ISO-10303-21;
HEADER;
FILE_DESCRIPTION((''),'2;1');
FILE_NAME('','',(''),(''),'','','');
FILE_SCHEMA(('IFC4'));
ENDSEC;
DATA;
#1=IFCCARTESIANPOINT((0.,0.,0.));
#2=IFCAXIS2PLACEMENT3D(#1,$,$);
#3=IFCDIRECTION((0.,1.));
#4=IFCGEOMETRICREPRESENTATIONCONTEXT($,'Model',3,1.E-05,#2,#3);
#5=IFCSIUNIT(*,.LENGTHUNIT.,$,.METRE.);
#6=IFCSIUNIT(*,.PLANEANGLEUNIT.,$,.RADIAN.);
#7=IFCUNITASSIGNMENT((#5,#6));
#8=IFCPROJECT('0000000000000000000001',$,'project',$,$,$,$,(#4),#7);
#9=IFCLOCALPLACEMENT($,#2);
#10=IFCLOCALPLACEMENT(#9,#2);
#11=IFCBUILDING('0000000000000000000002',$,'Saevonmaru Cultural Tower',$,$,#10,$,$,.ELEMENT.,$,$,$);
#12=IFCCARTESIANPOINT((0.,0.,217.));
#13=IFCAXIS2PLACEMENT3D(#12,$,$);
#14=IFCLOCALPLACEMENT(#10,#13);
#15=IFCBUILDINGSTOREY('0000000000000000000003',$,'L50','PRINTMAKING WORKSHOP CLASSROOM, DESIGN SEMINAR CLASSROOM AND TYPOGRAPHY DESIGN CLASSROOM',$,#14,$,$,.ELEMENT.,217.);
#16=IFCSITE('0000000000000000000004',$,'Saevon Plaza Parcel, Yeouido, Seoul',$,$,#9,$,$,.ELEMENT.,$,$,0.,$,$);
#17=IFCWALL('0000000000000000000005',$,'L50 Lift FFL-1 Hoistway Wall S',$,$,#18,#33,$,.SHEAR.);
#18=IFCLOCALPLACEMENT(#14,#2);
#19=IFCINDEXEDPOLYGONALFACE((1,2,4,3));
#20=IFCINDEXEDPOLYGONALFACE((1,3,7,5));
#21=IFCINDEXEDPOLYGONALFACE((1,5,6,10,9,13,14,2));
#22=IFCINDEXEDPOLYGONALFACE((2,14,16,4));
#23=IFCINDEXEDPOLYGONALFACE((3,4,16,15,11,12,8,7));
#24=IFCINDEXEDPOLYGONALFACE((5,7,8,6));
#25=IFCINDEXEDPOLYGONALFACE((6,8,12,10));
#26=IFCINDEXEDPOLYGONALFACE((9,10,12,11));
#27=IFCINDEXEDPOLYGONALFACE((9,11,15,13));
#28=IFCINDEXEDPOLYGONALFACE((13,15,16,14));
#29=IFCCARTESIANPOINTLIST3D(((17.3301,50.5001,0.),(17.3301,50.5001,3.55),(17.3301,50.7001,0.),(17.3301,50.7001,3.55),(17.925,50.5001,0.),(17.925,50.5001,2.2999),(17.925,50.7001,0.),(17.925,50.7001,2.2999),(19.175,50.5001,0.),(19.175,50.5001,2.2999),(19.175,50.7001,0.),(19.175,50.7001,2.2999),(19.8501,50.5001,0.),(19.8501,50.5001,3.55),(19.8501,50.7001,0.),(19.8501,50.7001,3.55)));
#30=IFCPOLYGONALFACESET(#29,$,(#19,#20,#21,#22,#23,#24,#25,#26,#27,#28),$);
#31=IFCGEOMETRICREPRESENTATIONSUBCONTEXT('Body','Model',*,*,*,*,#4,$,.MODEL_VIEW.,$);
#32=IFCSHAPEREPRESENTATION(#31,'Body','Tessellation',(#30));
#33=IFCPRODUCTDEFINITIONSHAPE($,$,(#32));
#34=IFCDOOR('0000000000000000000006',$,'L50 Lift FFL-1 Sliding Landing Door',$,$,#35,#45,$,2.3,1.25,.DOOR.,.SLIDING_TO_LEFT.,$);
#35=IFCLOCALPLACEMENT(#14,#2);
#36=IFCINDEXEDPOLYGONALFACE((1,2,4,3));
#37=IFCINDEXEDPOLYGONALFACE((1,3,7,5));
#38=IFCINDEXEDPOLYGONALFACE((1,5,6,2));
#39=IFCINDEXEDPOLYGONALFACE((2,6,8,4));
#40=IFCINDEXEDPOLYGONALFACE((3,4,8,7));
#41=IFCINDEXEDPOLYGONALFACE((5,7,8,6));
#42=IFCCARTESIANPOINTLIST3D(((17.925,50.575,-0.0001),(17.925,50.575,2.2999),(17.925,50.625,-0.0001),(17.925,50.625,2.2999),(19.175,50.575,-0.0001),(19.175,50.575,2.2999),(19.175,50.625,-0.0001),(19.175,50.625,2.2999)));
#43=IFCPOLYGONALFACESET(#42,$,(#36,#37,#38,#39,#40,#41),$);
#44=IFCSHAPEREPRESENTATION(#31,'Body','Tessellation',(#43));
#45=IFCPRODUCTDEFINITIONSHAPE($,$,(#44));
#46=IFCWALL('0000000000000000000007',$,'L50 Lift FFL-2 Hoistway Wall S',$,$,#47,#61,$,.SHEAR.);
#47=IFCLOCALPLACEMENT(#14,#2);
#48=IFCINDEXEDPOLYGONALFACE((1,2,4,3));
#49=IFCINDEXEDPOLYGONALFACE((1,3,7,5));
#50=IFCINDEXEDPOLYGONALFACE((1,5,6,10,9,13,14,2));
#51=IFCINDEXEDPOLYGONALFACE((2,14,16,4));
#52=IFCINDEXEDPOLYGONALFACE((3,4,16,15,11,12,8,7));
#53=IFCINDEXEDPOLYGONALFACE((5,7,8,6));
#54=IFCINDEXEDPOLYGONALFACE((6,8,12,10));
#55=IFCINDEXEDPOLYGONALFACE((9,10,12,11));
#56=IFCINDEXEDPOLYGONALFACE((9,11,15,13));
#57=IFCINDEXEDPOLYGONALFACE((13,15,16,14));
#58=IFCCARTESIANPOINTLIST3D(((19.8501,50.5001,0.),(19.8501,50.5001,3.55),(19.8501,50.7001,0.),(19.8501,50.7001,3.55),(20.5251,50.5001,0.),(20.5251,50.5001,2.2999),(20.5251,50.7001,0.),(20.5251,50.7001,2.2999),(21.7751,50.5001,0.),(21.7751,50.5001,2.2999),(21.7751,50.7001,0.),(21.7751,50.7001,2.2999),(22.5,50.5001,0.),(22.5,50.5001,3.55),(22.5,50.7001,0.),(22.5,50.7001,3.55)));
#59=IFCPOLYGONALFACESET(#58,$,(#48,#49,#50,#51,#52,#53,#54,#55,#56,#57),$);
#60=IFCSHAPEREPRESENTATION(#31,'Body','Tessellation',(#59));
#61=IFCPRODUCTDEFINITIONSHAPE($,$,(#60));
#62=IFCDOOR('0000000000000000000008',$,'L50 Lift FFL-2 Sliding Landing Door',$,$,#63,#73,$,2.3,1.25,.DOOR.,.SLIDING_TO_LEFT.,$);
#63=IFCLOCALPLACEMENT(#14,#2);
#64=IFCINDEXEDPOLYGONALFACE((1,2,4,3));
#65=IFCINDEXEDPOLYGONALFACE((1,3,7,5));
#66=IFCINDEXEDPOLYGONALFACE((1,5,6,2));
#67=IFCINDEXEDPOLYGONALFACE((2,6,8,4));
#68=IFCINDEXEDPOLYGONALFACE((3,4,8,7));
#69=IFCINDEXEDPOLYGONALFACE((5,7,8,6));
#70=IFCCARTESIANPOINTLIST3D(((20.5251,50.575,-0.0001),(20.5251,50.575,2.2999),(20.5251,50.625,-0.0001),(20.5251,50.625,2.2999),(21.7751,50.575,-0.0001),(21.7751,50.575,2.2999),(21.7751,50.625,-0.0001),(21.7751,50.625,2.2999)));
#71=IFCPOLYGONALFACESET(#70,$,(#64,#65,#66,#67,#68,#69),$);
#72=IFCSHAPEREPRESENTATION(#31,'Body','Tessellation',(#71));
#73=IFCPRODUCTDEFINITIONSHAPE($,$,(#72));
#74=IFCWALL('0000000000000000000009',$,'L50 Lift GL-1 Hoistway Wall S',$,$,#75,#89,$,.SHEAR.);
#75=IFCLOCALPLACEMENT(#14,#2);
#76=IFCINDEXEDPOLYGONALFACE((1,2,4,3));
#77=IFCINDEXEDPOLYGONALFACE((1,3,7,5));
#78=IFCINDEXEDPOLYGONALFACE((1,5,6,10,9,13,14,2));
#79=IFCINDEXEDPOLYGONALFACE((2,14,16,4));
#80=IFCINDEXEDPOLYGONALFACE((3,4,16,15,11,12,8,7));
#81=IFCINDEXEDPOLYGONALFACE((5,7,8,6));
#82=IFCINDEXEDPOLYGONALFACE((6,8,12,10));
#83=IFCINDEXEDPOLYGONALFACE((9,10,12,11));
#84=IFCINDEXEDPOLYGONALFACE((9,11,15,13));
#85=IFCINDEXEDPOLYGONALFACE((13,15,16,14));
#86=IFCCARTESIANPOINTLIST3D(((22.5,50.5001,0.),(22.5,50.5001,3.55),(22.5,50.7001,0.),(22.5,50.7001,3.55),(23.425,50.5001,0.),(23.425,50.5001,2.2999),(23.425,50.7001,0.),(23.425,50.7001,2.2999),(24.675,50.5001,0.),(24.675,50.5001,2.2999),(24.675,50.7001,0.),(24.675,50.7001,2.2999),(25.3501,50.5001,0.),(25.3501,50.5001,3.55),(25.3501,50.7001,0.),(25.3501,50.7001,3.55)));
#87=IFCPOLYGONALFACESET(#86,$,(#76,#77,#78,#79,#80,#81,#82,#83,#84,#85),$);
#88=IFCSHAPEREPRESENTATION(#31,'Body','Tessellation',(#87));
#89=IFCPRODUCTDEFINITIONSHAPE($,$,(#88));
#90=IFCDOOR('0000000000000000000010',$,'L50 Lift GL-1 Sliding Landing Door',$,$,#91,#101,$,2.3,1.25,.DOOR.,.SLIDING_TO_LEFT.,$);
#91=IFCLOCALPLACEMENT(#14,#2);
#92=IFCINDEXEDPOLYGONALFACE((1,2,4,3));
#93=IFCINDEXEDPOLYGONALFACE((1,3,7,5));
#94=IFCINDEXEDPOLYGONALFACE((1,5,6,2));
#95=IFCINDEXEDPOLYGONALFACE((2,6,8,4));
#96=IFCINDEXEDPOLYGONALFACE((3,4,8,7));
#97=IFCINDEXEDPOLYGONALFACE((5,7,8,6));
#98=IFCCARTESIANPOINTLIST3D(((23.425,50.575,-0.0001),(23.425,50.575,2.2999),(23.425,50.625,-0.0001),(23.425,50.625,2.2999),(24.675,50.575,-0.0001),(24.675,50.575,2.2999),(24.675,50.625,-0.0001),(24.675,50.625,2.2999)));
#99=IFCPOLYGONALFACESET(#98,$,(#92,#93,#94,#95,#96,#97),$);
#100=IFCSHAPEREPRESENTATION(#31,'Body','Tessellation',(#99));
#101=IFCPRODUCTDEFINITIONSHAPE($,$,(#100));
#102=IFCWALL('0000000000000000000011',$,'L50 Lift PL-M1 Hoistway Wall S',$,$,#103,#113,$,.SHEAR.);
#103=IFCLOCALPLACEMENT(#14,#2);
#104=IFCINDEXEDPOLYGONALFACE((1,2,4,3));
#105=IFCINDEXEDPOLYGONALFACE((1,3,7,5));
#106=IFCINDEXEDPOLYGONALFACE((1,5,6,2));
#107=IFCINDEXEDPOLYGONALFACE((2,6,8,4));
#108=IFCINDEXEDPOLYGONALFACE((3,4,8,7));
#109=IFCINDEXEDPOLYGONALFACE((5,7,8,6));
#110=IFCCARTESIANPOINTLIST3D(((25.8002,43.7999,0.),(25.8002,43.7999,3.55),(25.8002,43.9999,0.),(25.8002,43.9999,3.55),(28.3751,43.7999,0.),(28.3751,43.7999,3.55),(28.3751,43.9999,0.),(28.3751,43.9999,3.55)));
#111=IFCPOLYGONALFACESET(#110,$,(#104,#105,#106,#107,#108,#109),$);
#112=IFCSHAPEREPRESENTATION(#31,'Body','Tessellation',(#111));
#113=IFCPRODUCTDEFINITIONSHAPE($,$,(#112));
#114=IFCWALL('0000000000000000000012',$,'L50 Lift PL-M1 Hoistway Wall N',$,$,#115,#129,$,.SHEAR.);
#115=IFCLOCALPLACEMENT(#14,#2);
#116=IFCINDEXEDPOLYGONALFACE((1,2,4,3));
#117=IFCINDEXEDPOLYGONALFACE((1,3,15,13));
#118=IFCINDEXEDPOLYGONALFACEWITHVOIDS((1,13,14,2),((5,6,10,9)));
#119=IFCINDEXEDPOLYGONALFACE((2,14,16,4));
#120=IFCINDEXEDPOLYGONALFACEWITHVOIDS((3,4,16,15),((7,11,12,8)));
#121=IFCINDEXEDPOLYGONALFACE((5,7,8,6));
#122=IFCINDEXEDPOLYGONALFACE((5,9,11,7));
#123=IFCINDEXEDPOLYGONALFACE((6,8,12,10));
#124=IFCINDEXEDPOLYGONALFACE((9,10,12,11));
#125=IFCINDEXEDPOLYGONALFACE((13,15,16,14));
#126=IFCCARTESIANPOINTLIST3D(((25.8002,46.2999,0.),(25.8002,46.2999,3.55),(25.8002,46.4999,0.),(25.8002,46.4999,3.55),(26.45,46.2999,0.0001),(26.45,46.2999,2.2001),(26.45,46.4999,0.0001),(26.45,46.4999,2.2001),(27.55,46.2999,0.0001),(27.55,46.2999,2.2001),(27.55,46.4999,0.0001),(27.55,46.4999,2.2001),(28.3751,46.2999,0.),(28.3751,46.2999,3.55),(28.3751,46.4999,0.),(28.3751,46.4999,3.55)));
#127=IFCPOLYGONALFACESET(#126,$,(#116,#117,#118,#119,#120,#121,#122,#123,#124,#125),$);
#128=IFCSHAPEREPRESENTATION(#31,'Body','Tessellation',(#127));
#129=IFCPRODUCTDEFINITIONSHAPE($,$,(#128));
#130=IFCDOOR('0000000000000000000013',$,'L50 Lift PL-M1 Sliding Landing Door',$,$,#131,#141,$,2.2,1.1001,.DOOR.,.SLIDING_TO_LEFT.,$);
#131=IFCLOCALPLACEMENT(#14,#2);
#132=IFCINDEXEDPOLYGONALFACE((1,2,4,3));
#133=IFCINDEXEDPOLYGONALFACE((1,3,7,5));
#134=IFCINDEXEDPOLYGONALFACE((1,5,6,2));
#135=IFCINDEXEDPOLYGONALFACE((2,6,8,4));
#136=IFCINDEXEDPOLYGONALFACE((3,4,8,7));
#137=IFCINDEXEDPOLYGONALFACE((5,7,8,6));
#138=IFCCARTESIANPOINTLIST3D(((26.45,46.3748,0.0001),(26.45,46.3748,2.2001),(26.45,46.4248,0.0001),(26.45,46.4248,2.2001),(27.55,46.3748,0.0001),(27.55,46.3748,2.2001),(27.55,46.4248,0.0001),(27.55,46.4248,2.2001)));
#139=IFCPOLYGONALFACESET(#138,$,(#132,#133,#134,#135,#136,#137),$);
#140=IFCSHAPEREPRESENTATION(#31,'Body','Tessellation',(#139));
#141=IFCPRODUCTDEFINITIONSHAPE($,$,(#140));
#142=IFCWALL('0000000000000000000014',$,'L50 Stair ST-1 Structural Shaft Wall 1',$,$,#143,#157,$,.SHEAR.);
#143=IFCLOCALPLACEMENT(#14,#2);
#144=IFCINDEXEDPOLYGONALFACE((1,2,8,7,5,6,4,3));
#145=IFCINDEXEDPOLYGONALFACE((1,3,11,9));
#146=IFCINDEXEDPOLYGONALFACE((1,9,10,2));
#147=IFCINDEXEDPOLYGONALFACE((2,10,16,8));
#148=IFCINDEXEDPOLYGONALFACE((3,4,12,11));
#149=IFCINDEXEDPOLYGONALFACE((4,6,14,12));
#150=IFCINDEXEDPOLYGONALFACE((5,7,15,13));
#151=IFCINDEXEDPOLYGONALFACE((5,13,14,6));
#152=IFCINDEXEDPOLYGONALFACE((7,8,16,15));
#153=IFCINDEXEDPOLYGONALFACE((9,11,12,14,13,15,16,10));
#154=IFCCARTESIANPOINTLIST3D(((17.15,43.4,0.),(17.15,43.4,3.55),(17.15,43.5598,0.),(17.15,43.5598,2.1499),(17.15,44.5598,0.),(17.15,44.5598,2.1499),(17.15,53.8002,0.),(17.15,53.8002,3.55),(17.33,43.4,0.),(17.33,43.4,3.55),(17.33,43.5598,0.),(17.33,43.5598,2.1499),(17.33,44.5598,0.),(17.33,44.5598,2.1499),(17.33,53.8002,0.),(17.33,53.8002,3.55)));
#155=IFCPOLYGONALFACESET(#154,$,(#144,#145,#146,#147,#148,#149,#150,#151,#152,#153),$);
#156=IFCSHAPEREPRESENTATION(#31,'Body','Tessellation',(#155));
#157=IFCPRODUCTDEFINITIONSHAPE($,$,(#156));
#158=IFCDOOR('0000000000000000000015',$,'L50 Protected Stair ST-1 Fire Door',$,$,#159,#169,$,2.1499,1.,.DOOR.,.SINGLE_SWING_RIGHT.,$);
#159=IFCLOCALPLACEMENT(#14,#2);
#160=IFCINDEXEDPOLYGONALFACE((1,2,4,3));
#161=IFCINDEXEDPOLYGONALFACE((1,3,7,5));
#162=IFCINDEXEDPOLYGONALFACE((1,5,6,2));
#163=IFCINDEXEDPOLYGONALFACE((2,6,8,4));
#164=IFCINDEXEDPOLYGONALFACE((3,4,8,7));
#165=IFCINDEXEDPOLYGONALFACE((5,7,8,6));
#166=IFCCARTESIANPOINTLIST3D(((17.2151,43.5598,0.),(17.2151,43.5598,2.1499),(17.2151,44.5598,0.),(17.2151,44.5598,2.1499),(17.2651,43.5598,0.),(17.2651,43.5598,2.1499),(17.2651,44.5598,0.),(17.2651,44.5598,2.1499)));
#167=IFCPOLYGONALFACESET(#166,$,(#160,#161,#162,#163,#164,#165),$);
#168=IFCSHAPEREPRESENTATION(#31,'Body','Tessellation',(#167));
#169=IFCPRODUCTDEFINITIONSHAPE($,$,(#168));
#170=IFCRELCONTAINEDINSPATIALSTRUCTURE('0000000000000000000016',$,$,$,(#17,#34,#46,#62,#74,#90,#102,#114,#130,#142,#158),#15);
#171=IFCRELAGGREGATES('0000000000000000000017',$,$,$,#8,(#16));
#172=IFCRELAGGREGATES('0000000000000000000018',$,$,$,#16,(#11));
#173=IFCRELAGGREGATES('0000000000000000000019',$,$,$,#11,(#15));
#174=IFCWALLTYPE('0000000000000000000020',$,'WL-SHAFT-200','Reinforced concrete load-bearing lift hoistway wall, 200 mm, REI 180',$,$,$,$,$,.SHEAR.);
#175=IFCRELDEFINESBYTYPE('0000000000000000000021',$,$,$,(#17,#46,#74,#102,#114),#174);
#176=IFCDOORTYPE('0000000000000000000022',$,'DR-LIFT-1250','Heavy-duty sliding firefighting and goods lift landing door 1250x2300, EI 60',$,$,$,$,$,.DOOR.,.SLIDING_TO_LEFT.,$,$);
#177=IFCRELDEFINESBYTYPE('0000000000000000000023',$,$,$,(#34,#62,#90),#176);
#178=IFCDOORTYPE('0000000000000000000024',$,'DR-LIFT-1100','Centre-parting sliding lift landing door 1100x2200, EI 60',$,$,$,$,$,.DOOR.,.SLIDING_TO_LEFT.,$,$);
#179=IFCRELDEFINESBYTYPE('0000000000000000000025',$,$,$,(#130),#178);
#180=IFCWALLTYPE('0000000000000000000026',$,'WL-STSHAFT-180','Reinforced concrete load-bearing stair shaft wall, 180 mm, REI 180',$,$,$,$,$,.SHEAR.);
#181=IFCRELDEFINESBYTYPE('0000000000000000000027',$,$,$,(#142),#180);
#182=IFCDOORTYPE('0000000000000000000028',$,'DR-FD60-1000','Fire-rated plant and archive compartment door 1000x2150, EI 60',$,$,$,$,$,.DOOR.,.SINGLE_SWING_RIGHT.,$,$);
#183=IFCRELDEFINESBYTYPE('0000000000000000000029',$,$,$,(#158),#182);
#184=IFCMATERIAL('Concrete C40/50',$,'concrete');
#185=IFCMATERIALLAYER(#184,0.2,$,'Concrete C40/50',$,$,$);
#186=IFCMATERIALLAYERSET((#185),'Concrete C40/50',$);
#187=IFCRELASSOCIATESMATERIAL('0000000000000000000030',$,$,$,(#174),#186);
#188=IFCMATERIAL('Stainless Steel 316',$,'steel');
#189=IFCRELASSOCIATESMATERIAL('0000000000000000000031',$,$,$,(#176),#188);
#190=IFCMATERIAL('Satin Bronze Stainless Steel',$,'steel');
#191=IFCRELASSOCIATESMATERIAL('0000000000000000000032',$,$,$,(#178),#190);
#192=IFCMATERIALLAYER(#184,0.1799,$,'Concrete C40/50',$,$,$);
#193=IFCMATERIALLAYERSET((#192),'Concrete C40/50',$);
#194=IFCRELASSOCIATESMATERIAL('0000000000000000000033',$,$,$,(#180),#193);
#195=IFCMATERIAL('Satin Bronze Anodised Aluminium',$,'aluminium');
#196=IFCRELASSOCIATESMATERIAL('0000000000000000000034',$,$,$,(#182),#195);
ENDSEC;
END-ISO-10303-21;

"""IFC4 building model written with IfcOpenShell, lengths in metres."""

from ifc_helpers import new_model, si_unit, direction, frame, frame_2d, origin, place, context, subcontext, project, spatial, rectangle, extrude, material, layer, layer_set, type_object, element, fill, save


model = new_model("IFC4")

# Units and contexts
model_context = context("Model", 3, precision=1e-05, world=origin(), true_north=direction((0.0, 1.0)))
body_context = subcontext(model_context, "Body", "Model", "MODEL_VIEW")
ifc_project = project(units=[si_unit("LENGTHUNIT", "METRE"), si_unit("PLANEANGLEUNIT", "RADIAN")], contexts=[model_context])

# Site, building, storey
site_placement = place(None, origin())
site = spatial("IfcSite", under=ifc_project, at=site_placement, Name="Saevon Plaza Parcel, Yeouido, Seoul", CompositionType="ELEMENT", RefElevation=0.0)
building_placement = place(site_placement, origin())
building = spatial("IfcBuilding", under=site, at=building_placement, Name="Saevonmaru Cultural Tower", CompositionType="ELEMENT")
storey_placement = place(building_placement, frame((0.0, 0.0, 217.0)))
storey = spatial("IfcBuildingStorey", under=building, at=storey_placement, Name="L50", Description="PRINTMAKING WORKSHOP CLASSROOM, DESIGN SEMINAR CLASSROOM AND TYPOGRAPHY DESIGN CLASSROOM", CompositionType="ELEMENT", Elevation=217.0)

# Shared definitions
ifc_material_1 = material(Name="Satin Bronze Anodised Aluminium", Category="aluminium")

# Walls, openings, doors
ifc_material_2 = material(Name="Concrete C40/50", Category="concrete")
ifc_layer_1 = layer(ifc_material_2, 0.2, Name="Concrete C40/50")
ifc_layer_set_1 = layer_set([ifc_layer_1], Name="Concrete C40/50")
wall_type_1 = type_object("IfcWallType", Name="WL-SHAFT-200", Description="Reinforced concrete load-bearing lift hoistway wall, 200 mm, REI 180", PredefinedType="SHEAR", material=ifc_layer_set_1)
wall_1_placement = place(storey_placement, frame((17.3301, 50.6001, 0.0), z_axis=(0.0, 0.0, 1.0), x_axis=(1.0, 0.0, 0.0)))
wall_1 = element("IfcWall", 1, at=wall_1_placement, inside=storey, type_object=wall_type_1, Name="L50 Lift FFL-1 Hoistway Wall S", PredefinedType="SHEAR", context=body_context, shape_type="SweptSolid", body=[
    extrude(rectangle(XDim=2.52, YDim=0.2, at=frame_2d((1.26, 0.0))), origin(), (0.0, 0.0, 1.0), 3.55),
])
opening_1_placement = place(wall_1_placement, frame((0.595, 0.0, 0.0)))
opening_1 = element("IfcOpeningElement", 2, at=opening_1_placement, cuts=wall_1, PredefinedType="OPENING", context=body_context, shape_type="SweptSolid", body=[
    extrude(rectangle(XDim=1.25, YDim=2.3, at=frame_2d((0.625, 1.1499))), frame((0.0, 0.1099, 0.0), z_axis=(0.0, -1.0, 0.0), x_axis=(1.0, 0.0, 0.0)), (0.0, 0.0, 1.0), 0.22),
])
ifc_material_3 = material(Name="Stainless Steel 316", Category="steel")
door_type_1 = type_object("IfcDoorType", Name="DR-LIFT-1250", Description="Heavy-duty sliding firefighting and goods lift landing door 1250x2300, EI 60", OperationType="SLIDING_TO_LEFT", PredefinedType="DOOR", material=ifc_material_3)
door_1_placement = place(opening_1_placement, origin())
door_1 = element("IfcDoor", 3, at=door_1_placement, inside=storey, type_object=door_type_1, Name="L50 Lift FFL-1 Sliding Landing Door", OperationType="SLIDING_TO_LEFT", OverallHeight=2.3, OverallWidth=1.25, PredefinedType="DOOR", context=body_context, shape_type="SweptSolid", body=[
    extrude(rectangle(XDim=1.25, YDim=2.3, at=frame_2d((0.625, 1.1499))), frame((0.0, 0.0249, 0.0), z_axis=(0.0, -1.0, 0.0), x_axis=(1.0, 0.0, 0.0)), (0.0, 0.0, 1.0), 0.05),
])
fill(opening_1, door_1)
wall_2_placement = place(storey_placement, frame((19.8501, 50.6001, 0.0), z_axis=(0.0, 0.0, 1.0), x_axis=(1.0, 0.0, 0.0)))
wall_2 = element("IfcWall", 4, at=wall_2_placement, inside=storey, type_object=wall_type_1, Name="L50 Lift FFL-2 Hoistway Wall S", PredefinedType="SHEAR", context=body_context, shape_type="SweptSolid", body=[
    extrude(rectangle(XDim=2.6499, YDim=0.2, at=frame_2d((1.325, 0.0))), origin(), (0.0, 0.0, 1.0), 3.55),
])
opening_2_placement = place(wall_2_placement, frame((0.675, 0.0, 0.0)))
opening_2 = element("IfcOpeningElement", 5, at=opening_2_placement, cuts=wall_2, PredefinedType="OPENING", context=body_context, shape_type="SweptSolid", body=[
    extrude(rectangle(XDim=1.25, YDim=2.3, at=frame_2d((0.625, 1.1499))), frame((0.0, 0.1099, 0.0), z_axis=(0.0, -1.0, 0.0), x_axis=(1.0, 0.0, 0.0)), (0.0, 0.0, 1.0), 0.22),
])
door_2_placement = place(opening_2_placement, origin())
door_2 = element("IfcDoor", 6, at=door_2_placement, inside=storey, type_object=door_type_1, Name="L50 Lift FFL-2 Sliding Landing Door", OperationType="SLIDING_TO_LEFT", OverallHeight=2.3, OverallWidth=1.25, PredefinedType="DOOR", context=body_context, shape_type="SweptSolid", body=[
    extrude(rectangle(XDim=1.25, YDim=2.3, at=frame_2d((0.625, 1.1499))), frame((0.0, 0.0249, 0.0), z_axis=(0.0, -1.0, 0.0), x_axis=(1.0, 0.0, 0.0)), (0.0, 0.0, 1.0), 0.05),
])
fill(opening_2, door_2)
wall_3_placement = place(storey_placement, frame((22.5, 50.6001, 0.0), z_axis=(0.0, 0.0, 1.0), x_axis=(1.0, 0.0, 0.0)))
wall_3 = element("IfcWall", 7, at=wall_3_placement, inside=storey, type_object=wall_type_1, Name="L50 Lift GL-1 Hoistway Wall S", PredefinedType="SHEAR", context=body_context, shape_type="SweptSolid", body=[
    extrude(rectangle(XDim=2.8501, YDim=0.2, at=frame_2d((1.425, 0.0))), origin(), (0.0, 0.0, 1.0), 3.55),
])
opening_3_placement = place(wall_3_placement, frame((0.925, 0.0, 0.0)))
opening_3 = element("IfcOpeningElement", 8, at=opening_3_placement, cuts=wall_3, PredefinedType="OPENING", context=body_context, shape_type="SweptSolid", body=[
    extrude(rectangle(XDim=1.25, YDim=2.3, at=frame_2d((0.625, 1.1499))), frame((0.0, 0.1099, 0.0), z_axis=(0.0, -1.0, 0.0), x_axis=(1.0, 0.0, 0.0)), (0.0, 0.0, 1.0), 0.22),
])
door_3_placement = place(opening_3_placement, origin())
door_3 = element("IfcDoor", 9, at=door_3_placement, inside=storey, type_object=door_type_1, Name="L50 Lift GL-1 Sliding Landing Door", OperationType="SLIDING_TO_LEFT", OverallHeight=2.3, OverallWidth=1.25, PredefinedType="DOOR", context=body_context, shape_type="SweptSolid", body=[
    extrude(rectangle(XDim=1.25, YDim=2.3, at=frame_2d((0.625, 1.1499))), frame((0.0, 0.0249, 0.0), z_axis=(0.0, -1.0, 0.0), x_axis=(1.0, 0.0, 0.0)), (0.0, 0.0, 1.0), 0.05),
])
fill(opening_3, door_3)

# Wall
wall_4_placement = place(storey_placement, frame((25.8, 43.8999, 0.0), z_axis=(0.0, 0.0, 1.0), x_axis=(1.0, 0.0, 0.0)))
element("IfcWall", 10, at=wall_4_placement, inside=storey, type_object=wall_type_1, Name="L50 Lift PL-M1 Hoistway Wall S", PredefinedType="SHEAR", context=body_context, shape_type="SweptSolid", body=[
    extrude(rectangle(XDim=2.575, YDim=0.2, at=frame_2d((1.2876, 0.0))), origin(), (0.0, 0.0, 1.0), 3.55),
])

# Walls, openings, doors
wall_5_placement = place(storey_placement, frame((25.8, 46.3999, 0.0), z_axis=(0.0, 0.0, 1.0), x_axis=(1.0, 0.0, 0.0)))
wall_5 = element("IfcWall", 11, at=wall_5_placement, inside=storey, type_object=wall_type_1, Name="L50 Lift PL-M1 Hoistway Wall N", PredefinedType="SHEAR", context=body_context, shape_type="SweptSolid", body=[
    extrude(rectangle(XDim=2.575, YDim=0.2, at=frame_2d((1.2876, 0.0))), origin(), (0.0, 0.0, 1.0), 3.55),
])
opening_4_placement = place(wall_5_placement, frame((0.6499, 0.0, 0.0)))
opening_4 = element("IfcOpeningElement", 12, at=opening_4_placement, cuts=wall_5, PredefinedType="OPENING", context=body_context, shape_type="SweptSolid", body=[
    extrude(rectangle(XDim=1.1001, YDim=2.2, at=frame_2d((0.55, 1.1001))), frame((0.0, 0.1099, 0.0), z_axis=(0.0, -1.0, 0.0), x_axis=(1.0, 0.0, 0.0)), (0.0, 0.0, 1.0), 0.22),
])
ifc_material_4 = material(Name="Satin Bronze Stainless Steel", Category="steel")
door_type_2 = type_object("IfcDoorType", Name="DR-LIFT-1100", Description="Centre-parting sliding lift landing door 1100x2200, EI 60", OperationType="SLIDING_TO_LEFT", PredefinedType="DOOR", material=ifc_material_4)
door_4_placement = place(opening_4_placement, origin())
door_4 = element("IfcDoor", 13, at=door_4_placement, inside=storey, type_object=door_type_2, Name="L50 Lift PL-M1 Sliding Landing Door", OperationType="SLIDING_TO_LEFT", OverallHeight=2.2, OverallWidth=1.1001, PredefinedType="DOOR", context=body_context, shape_type="SweptSolid", body=[
    extrude(rectangle(XDim=1.1001, YDim=2.2, at=frame_2d((0.55, 1.1001))), frame((0.0, 0.0249, 0.0), z_axis=(0.0, -1.0, 0.0), x_axis=(1.0, 0.0, 0.0)), (0.0, 0.0, 1.0), 0.05),
])
fill(opening_4, door_4)
ifc_layer_2 = layer(ifc_material_2, 0.1799, Name="Concrete C40/50")
ifc_layer_set_2 = layer_set([ifc_layer_2], Name="Concrete C40/50")
wall_type_2 = type_object("IfcWallType", Name="WL-STSHAFT-180", Description="Reinforced concrete load-bearing stair shaft wall, 180 mm, REI 180", PredefinedType="SHEAR", material=ifc_layer_set_2)
wall_6_placement = place(storey_placement, frame((17.24, 43.3999, 0.0), z_axis=(0.0, 0.0, 1.0), x_axis=(0.0, 1.0, 0.0)))
wall_6 = element("IfcWall", 14, at=wall_6_placement, inside=storey, type_object=wall_type_2, Name="L50 Stair ST-1 Structural Shaft Wall 1", PredefinedType="SHEAR", context=body_context, shape_type="SweptSolid", body=[
    extrude(rectangle(XDim=10.4001, YDim=0.1799, at=frame_2d((5.2002, 0.0))), origin(), (0.0, 0.0, 1.0), 3.55),
])
opening_5_placement = place(wall_6_placement, frame((0.1599, 0.0, 0.0)))
opening_5 = element("IfcOpeningElement", 15, at=opening_5_placement, cuts=wall_6, PredefinedType="OPENING", context=body_context, shape_type="SweptSolid", body=[
    extrude(rectangle(XDim=1.0, YDim=2.1499, at=frame_2d((0.5, 1.075))), frame((0.0, 0.1001, 0.0), z_axis=(0.0, -1.0, 0.0), x_axis=(1.0, 0.0, 0.0)), (0.0, 0.0, 1.0), 0.2),
])
door_type_3 = type_object("IfcDoorType", Name="DR-FD60-1000", Description="Fire-rated plant and archive compartment door 1000x2150, EI 60", OperationType="SINGLE_SWING_RIGHT", PredefinedType="DOOR", material=ifc_material_1)
door_5_placement = place(opening_5_placement, origin())
door_5 = element("IfcDoor", 16, at=door_5_placement, inside=storey, type_object=door_type_3, Name="L50 Protected Stair ST-1 Fire Door", OperationType="SINGLE_SWING_RIGHT", OverallHeight=2.1499, OverallWidth=1.0, PredefinedType="DOOR", context=body_context, shape_type="SweptSolid", body=[
    extrude(rectangle(XDim=1.0, YDim=2.1499, at=frame_2d((0.5, 1.075))), frame((0.0, 0.0249, 0.0), z_axis=(0.0, -1.0, 0.0), x_axis=(1.0, 0.0, 0.0)), (0.0, 0.0, 1.0), 0.05),
])
fill(opening_5, door_5)

save(model, "model.ifc")
